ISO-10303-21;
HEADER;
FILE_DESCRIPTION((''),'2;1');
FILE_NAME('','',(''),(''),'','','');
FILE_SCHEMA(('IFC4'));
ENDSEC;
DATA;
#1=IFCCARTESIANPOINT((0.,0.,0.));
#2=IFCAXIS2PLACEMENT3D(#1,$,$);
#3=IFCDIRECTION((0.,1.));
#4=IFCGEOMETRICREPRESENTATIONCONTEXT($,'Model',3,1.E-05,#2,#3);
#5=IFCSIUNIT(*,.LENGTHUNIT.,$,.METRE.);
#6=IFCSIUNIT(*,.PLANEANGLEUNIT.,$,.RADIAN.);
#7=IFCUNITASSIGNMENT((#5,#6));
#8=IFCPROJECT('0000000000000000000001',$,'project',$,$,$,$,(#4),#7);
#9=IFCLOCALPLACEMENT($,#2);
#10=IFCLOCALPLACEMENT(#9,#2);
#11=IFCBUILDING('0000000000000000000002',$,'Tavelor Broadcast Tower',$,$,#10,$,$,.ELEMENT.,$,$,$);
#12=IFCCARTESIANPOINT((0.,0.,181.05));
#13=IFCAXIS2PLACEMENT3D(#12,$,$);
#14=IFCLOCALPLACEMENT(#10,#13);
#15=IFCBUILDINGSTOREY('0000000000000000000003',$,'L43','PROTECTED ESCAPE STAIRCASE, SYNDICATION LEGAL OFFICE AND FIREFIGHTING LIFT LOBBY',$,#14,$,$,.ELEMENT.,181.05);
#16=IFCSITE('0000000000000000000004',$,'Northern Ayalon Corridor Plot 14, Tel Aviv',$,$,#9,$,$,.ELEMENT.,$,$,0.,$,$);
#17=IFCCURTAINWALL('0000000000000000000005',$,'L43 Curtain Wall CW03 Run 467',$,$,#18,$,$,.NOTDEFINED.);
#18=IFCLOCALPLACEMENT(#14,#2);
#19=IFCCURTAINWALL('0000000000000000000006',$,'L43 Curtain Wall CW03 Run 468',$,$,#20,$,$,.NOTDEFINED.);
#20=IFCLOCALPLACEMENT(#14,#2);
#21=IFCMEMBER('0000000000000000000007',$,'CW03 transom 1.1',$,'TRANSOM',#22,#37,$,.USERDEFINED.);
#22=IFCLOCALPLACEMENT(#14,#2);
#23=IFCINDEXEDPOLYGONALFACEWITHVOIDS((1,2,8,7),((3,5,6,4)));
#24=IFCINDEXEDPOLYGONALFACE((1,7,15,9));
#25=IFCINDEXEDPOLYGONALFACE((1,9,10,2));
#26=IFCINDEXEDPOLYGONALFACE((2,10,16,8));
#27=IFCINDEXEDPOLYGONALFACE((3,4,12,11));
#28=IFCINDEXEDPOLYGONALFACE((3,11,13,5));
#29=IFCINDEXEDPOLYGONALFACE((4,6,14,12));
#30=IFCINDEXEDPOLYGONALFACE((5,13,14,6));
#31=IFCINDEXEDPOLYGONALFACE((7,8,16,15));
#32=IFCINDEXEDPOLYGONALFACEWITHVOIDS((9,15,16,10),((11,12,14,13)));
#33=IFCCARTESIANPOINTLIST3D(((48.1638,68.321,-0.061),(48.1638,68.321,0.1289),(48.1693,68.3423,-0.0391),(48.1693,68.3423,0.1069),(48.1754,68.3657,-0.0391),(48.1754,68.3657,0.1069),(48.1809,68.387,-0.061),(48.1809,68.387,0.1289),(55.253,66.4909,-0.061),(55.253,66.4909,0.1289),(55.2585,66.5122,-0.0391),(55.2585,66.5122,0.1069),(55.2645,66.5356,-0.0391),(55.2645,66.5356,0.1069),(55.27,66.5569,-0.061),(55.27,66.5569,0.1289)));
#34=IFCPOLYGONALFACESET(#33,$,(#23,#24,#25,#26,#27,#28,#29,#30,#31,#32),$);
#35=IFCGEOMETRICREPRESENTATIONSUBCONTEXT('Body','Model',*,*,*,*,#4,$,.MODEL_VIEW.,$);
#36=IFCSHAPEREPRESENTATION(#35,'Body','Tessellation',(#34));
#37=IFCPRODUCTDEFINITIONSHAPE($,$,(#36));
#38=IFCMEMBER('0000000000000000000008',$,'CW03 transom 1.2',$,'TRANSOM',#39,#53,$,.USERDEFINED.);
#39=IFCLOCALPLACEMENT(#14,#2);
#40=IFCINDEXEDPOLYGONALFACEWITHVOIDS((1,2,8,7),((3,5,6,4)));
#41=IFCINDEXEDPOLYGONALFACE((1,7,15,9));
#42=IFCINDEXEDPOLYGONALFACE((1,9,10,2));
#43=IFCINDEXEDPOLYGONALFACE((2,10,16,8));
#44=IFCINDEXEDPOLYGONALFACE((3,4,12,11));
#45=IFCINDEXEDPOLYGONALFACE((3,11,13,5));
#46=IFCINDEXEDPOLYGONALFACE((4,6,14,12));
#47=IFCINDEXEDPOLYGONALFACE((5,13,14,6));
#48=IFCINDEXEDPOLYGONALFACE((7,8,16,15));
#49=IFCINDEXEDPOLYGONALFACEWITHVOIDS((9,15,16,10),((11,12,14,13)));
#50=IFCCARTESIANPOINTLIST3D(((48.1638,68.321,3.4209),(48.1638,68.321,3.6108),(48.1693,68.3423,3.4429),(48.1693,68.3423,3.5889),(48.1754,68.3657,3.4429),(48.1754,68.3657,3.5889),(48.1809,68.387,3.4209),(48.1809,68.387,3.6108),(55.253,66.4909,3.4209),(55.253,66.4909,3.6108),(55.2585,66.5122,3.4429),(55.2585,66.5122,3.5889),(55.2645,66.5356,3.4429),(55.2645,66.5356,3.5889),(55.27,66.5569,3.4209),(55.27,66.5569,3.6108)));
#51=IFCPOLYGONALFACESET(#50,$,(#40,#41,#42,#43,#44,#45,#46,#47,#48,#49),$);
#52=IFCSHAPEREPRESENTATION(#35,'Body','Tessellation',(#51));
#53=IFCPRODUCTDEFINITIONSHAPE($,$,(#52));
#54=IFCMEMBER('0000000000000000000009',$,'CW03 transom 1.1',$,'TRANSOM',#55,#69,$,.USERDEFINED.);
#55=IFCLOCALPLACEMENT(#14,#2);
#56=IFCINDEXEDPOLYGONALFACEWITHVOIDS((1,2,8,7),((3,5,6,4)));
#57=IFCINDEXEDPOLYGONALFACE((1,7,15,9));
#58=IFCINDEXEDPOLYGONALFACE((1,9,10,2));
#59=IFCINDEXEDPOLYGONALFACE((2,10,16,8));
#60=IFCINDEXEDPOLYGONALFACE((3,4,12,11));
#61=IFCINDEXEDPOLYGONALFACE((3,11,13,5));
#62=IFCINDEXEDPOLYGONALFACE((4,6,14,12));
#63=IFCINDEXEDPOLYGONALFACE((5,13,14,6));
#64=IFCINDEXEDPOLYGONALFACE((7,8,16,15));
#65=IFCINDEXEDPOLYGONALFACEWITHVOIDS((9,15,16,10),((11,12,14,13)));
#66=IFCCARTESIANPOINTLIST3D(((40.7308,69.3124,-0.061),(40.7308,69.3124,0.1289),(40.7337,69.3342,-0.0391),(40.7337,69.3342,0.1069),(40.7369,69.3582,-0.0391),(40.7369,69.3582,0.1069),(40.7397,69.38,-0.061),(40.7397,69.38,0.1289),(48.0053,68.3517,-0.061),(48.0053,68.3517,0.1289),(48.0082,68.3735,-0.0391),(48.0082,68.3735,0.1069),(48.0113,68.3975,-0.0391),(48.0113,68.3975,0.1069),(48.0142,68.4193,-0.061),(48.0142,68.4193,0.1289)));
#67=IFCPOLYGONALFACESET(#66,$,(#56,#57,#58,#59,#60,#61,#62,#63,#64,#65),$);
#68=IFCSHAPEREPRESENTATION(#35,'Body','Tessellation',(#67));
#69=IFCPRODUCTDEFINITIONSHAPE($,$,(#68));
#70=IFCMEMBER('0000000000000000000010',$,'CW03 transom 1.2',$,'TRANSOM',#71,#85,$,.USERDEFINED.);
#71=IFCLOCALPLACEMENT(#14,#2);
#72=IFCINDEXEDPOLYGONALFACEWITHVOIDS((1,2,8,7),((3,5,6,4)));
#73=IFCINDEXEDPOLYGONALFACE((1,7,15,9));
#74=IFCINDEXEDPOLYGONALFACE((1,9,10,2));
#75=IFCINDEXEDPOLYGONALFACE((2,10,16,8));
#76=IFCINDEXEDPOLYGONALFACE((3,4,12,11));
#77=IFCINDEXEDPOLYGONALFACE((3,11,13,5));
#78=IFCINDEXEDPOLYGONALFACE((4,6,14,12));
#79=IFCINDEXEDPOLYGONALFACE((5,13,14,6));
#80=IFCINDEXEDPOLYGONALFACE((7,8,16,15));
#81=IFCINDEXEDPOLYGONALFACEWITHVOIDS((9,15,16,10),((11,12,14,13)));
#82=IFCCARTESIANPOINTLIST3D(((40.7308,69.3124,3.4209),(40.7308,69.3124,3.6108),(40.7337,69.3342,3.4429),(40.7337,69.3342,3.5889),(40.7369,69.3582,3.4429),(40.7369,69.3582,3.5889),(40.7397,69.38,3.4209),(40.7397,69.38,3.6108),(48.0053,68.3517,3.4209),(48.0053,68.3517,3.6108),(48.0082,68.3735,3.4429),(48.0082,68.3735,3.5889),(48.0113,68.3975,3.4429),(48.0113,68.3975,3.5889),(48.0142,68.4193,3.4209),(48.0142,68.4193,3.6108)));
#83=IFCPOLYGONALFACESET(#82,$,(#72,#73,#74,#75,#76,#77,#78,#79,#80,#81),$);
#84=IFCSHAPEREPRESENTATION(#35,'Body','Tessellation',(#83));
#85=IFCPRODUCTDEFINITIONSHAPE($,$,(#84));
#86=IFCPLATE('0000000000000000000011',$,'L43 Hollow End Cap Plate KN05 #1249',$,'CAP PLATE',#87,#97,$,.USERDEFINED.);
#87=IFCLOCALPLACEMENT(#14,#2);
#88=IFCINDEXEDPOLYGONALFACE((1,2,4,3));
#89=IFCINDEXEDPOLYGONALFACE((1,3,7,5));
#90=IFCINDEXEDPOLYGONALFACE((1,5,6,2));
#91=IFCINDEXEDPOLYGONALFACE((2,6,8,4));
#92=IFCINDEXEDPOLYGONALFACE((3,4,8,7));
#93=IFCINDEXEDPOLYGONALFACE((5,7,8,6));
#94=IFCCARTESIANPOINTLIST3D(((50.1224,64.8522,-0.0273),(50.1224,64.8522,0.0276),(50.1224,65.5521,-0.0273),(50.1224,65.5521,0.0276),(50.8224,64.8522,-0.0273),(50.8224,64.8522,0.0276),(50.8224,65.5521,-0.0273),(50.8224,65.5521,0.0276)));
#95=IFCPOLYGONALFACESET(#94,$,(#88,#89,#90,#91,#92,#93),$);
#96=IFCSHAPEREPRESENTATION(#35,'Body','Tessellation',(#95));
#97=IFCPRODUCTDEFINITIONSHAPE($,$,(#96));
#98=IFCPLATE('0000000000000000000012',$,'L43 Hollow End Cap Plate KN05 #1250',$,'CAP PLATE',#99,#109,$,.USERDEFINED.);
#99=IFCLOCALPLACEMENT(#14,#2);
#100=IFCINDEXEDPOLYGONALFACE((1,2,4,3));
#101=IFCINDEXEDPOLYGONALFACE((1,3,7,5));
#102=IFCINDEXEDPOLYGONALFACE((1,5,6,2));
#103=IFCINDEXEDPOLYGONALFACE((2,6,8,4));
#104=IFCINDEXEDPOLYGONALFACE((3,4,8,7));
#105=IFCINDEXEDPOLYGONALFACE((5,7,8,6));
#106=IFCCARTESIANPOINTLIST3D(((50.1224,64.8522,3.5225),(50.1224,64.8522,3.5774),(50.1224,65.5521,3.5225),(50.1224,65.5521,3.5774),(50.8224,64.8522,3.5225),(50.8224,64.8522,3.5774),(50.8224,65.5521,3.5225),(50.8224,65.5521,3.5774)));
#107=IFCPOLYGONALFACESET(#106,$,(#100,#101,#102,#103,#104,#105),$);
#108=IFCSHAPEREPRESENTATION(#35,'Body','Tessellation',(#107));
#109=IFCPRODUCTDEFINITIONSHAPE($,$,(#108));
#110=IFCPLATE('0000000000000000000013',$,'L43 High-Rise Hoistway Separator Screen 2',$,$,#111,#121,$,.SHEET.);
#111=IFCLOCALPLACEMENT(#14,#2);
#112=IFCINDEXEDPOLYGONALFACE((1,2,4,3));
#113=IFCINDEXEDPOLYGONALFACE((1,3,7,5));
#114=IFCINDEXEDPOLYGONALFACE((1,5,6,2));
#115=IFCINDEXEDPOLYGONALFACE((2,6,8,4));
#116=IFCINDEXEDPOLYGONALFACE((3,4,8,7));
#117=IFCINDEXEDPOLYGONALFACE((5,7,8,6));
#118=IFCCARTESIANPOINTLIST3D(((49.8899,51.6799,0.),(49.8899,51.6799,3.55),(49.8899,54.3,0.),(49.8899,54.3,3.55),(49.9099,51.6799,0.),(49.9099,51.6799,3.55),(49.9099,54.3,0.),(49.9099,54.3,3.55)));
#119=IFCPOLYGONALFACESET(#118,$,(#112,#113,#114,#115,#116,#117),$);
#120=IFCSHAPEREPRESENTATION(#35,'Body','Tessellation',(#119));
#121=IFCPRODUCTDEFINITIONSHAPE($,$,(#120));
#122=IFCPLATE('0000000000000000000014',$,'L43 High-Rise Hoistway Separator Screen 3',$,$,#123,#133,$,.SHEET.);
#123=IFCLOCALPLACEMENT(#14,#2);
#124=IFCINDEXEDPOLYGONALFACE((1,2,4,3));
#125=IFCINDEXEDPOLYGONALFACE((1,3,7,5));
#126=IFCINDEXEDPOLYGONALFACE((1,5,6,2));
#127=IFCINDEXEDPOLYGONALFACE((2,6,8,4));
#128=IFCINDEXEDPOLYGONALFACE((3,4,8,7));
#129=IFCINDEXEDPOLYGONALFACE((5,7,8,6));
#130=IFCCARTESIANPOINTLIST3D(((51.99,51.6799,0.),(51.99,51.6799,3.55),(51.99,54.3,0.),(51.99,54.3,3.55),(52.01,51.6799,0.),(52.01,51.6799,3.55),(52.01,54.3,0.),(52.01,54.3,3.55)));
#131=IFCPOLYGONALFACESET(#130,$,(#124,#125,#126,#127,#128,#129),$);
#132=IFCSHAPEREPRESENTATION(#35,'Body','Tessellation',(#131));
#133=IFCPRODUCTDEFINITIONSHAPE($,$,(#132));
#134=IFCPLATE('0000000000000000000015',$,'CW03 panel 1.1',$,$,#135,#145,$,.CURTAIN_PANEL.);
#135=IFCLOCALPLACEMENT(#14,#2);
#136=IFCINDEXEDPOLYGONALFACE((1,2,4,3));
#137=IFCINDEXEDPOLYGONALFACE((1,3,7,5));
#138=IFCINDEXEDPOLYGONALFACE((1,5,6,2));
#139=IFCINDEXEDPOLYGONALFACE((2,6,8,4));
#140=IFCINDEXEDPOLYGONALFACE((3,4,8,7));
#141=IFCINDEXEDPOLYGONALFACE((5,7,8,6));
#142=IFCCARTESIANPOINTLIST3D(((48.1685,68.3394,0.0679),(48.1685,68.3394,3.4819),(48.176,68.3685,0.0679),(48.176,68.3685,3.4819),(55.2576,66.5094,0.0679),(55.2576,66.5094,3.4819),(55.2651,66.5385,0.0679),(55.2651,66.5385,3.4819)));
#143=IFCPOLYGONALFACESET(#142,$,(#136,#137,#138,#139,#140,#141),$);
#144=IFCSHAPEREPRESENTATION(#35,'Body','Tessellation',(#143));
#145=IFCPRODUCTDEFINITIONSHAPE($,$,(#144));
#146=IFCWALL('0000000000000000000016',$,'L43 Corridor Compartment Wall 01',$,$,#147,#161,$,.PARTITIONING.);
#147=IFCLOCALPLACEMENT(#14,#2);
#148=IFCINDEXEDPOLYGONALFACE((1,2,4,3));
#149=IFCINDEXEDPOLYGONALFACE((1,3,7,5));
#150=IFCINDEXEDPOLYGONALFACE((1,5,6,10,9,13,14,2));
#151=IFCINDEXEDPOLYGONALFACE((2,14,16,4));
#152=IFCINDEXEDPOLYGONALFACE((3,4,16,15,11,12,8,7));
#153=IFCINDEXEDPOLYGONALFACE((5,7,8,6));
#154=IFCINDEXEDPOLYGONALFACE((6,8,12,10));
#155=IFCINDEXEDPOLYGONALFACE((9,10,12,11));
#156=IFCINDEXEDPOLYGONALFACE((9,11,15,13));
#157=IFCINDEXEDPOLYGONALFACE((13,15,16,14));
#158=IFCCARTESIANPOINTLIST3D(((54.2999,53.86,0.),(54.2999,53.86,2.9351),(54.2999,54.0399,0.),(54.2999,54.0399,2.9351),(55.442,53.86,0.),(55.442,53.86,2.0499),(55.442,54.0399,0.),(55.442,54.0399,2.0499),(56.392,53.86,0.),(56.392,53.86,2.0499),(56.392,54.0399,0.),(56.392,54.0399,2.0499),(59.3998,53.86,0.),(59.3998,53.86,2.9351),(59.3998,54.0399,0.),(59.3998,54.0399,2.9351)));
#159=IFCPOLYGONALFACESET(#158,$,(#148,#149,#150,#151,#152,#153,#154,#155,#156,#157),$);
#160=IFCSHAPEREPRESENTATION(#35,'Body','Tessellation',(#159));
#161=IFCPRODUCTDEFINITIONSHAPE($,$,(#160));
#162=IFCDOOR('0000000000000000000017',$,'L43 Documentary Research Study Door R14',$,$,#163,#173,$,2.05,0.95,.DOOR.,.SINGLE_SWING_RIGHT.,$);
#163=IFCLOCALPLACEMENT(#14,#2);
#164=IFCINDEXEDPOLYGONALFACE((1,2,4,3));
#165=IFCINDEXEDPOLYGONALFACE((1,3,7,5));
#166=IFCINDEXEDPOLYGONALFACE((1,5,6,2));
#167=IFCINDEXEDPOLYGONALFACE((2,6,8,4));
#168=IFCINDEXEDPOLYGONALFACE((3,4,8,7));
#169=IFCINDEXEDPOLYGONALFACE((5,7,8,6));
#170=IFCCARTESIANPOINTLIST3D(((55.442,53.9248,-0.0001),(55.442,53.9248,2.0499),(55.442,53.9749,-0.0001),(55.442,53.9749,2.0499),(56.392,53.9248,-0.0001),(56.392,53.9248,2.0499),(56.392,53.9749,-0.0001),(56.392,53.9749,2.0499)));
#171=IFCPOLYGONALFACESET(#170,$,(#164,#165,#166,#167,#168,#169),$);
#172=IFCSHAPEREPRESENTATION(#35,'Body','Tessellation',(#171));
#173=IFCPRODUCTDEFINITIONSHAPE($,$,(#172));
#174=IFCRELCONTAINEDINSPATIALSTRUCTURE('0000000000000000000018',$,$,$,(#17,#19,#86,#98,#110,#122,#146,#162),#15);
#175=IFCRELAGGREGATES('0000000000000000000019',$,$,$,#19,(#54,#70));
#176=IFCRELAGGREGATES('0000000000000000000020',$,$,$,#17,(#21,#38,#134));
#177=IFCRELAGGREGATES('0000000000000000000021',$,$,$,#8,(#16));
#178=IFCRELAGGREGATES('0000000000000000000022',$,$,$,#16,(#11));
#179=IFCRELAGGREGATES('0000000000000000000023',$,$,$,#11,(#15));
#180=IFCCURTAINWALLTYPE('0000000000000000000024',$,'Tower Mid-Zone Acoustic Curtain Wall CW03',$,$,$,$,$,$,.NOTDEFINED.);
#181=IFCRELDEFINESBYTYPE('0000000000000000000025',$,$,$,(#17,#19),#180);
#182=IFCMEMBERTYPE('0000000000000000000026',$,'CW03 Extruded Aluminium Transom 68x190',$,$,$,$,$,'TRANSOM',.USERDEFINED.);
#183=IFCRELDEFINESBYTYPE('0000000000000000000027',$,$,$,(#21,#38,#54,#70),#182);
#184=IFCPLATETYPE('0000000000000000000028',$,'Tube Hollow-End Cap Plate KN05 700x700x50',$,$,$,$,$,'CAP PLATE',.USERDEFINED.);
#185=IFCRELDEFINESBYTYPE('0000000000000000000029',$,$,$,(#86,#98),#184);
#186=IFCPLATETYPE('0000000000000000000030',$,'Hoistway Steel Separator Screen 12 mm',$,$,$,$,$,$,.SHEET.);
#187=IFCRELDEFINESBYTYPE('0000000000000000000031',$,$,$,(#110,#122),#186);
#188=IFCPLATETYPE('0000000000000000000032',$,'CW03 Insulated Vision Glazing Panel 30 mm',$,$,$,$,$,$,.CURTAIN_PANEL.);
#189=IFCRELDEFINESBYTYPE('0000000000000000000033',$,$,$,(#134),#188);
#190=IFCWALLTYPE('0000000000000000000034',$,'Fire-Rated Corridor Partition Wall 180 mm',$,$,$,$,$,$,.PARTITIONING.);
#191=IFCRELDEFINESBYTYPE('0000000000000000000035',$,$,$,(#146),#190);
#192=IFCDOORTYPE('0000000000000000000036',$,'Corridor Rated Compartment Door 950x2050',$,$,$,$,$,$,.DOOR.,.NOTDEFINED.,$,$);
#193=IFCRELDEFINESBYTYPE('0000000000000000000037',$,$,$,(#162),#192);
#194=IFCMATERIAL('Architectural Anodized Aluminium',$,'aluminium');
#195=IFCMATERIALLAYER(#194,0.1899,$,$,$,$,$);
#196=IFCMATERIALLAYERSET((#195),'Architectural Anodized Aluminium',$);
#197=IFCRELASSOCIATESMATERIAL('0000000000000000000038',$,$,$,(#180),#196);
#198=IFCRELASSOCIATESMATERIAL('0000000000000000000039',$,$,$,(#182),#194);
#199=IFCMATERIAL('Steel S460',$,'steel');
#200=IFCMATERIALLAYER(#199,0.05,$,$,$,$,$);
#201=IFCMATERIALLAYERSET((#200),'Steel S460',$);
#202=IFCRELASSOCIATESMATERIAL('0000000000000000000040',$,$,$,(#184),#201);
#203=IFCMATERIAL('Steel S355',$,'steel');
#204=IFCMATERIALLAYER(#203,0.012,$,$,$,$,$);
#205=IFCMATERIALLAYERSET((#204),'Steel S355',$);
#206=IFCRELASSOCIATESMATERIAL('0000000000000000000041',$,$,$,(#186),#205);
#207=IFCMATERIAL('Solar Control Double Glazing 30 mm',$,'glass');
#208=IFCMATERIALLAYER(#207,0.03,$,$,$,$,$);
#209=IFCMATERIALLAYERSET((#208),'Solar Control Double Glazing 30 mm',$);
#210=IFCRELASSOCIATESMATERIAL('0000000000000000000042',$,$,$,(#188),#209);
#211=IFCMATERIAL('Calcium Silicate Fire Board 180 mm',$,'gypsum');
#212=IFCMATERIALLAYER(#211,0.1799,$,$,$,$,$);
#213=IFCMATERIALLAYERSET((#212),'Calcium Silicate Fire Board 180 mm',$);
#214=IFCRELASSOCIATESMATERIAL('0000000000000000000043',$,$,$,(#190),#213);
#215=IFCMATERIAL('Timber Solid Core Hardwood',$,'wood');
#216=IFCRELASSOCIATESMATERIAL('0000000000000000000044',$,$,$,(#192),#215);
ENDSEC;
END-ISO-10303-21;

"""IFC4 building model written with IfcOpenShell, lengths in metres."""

from ifc_helpers import new_model, si_unit, direction, frame, frame_2d, origin, origin_2d, place, context, subcontext, project, spatial, rectangle, hollow_rectangle, extrude, source, transform, mapped, material, layer, layer_set, material_profile, profile_set, type_object, type_shapes, element, fill, aggregate, save


model = new_model("IFC4")

# Units and contexts
model_context = context("Model", 3, precision=1e-05, world=origin(), true_north=direction((0.0, 1.0)))
body_context = subcontext(model_context, "Body", "Model", "MODEL_VIEW")
ifc_project = project(units=[si_unit("LENGTHUNIT", "METRE"), si_unit("PLANEANGLEUNIT", "RADIAN")], contexts=[model_context])

# Site, building, storey
site_placement = place(None, origin())
site = spatial("IfcSite", under=ifc_project, at=site_placement, Name="Northern Ayalon Corridor Plot 14, Tel Aviv", CompositionType="ELEMENT", RefElevation=0.0)
building_placement = place(site_placement, origin())
building = spatial("IfcBuilding", under=site, at=building_placement, Name="Tavelor Broadcast Tower", CompositionType="ELEMENT")
storey_placement = place(building_placement, frame((0.0, 0.0, 181.05)))
storey = spatial("IfcBuildingStorey", under=building, at=storey_placement, Name="L43", Description="PROTECTED ESCAPE STAIRCASE, SYNDICATION LEGAL OFFICE AND FIREFIGHTING LIFT LOBBY", CompositionType="ELEMENT", Elevation=181.05)

# Shared definitions
ifc_material_1 = material(Name="Steel S460", Category="steel")

# Shared definitions
ifc_material_2 = material(Name="Steel S355", Category="steel")

# Shared definitions
ifc_material_3 = material(Name="Architectural Anodized Aluminium", Category="aluminium")
ifc_layer_1 = layer(ifc_material_3, 0.1899)
ifc_layer_set_1 = layer_set([ifc_layer_1], Name="Architectural Anodized Aluminium")
curtain_wall_type = type_object("IfcCurtainWallType", Name="Tower Mid-Zone Acoustic Curtain Wall CW03", PredefinedType="NOTDEFINED", material=ifc_layer_set_1)

# Curtain wall
curtain_wall_1_placement = place(storey_placement, origin())
curtain_wall_1 = element("IfcCurtainWall", 1, at=curtain_wall_1_placement, inside=storey, type_object=curtain_wall_type, Name="L43 Curtain Wall CW03 Run 467", PredefinedType="NOTDEFINED")

# Curtain wall
curtain_wall_2_placement = place(storey_placement, origin())
curtain_wall_2 = element("IfcCurtainWall", 2, at=curtain_wall_2_placement, inside=storey, type_object=curtain_wall_type, Name="L43 Curtain Wall CW03 Run 468", PredefinedType="NOTDEFINED")

# Members
ifc_material_profile_1 = material_profile(ifc_material_3, hollow_rectangle(XDim=0.0681, YDim=0.1899, WallThickness=0.022, at=origin_2d()), Name="RHS 68x190x22")
ifc_profile_set_1 = profile_set([ifc_material_profile_1], Name="Architectural Anodized Aluminium")
member_type_1 = type_object("IfcMemberType", Name="CW03 Extruded Aluminium Transom 68x190", ElementType="TRANSOM", PredefinedType="USERDEFINED", material=ifc_profile_set_1)
shared_shape_1 = source(origin(), body_context, "Body", "SweptSolid", [
    extrude(hollow_rectangle(XDim=0.0681, YDim=0.1899, WallThickness=0.022, at=origin_2d()), origin(), (0.0, 0.0, 1.0), 7.3215),
])
member_1_placement = place(storey_placement, frame((55.2615, 66.5239, 0.0339), z_axis=(-0.968256, 0.249959, 0.0), x_axis=(-0.249959, -0.968256, 0.0)))
member_1 = element("IfcMember", 3, at=member_1_placement, type_object=member_type_1, Name="CW03 transom 1.1", ObjectType="TRANSOM", PredefinedType="USERDEFINED", context=body_context, shape_type="MappedRepresentation", body=[
    mapped(shared_shape_1, transform((0.0, 0.0, 0.0), scale=1.0)),
])
member_2_placement = place(storey_placement, frame((55.2615, 66.5239, 3.5159), z_axis=(-0.968256, 0.249959, 0.0), x_axis=(-0.249959, -0.968256, 0.0)))
member_2 = element("IfcMember", 4, at=member_2_placement, type_object=member_type_1, Name="CW03 transom 1.2", ObjectType="TRANSOM", PredefinedType="USERDEFINED", context=body_context, shape_type="MappedRepresentation", body=[
    mapped(shared_shape_1, transform((0.0, 0.0, 0.0), scale=1.0)),
])
shared_shape_2 = source(origin(), body_context, "Body", "SweptSolid", [
    extrude(hollow_rectangle(XDim=0.0681, YDim=0.1899, WallThickness=0.022, at=origin_2d()), origin(), (0.0, 0.0, 1.0), 7.3376),
])
type_shapes(member_type_1, [shared_shape_1, shared_shape_2])
member_3_placement = place(storey_placement, frame((48.0098, 68.3855, 0.0339), z_axis=(-0.991392, 0.130928, 0.0), x_axis=(-0.130928, -0.991392, 0.0)))
member_3 = element("IfcMember", 5, at=member_3_placement, type_object=member_type_1, Name="CW03 transom 1.1", ObjectType="TRANSOM", PredefinedType="USERDEFINED", context=body_context, shape_type="MappedRepresentation", body=[
    mapped(shared_shape_2, transform((0.0, 0.0, 0.0), scale=1.0)),
])
member_4_placement = place(storey_placement, frame((48.0098, 68.3855, 3.5159), z_axis=(-0.991392, 0.130928, 0.0), x_axis=(-0.130928, -0.991392, 0.0)))
member_4 = element("IfcMember", 6, at=member_4_placement, type_object=member_type_1, Name="CW03 transom 1.2", ObjectType="TRANSOM", PredefinedType="USERDEFINED", context=body_context, shape_type="MappedRepresentation", body=[
    mapped(shared_shape_2, transform((0.0, 0.0, 0.0), scale=1.0)),
])
aggregate(curtain_wall_2, [member_3, member_4])

# Plates
ifc_layer_2 = layer(ifc_material_1, 0.05)
ifc_layer_set_2 = layer_set([ifc_layer_2], Name="Steel S460")
plate_type_1 = type_object("IfcPlateType", Name="Tube Hollow-End Cap Plate KN05 700x700x50", ElementType="CAP PLATE", PredefinedType="USERDEFINED", material=ifc_layer_set_2)
shared_shape_3 = source(origin(), body_context, "Body", "SweptSolid", [
    extrude(rectangle(XDim=0.7, YDim=0.7, at=origin_2d()), origin(), (0.0, 0.0, 1.0), 0.0549),
])
type_shapes(plate_type_1, [shared_shape_3])
for number, where, z_axis, x_axis, name in (
    (7, (50.4724, 65.2021, -0.0273), (0.0, 0.0, 1.0), (1.0, 0.0, 0.0), "L43 Hollow End Cap Plate KN05 #1249"),
    (8, (50.4724, 65.2021, 3.5225), (0.0, 0.0, 1.0), (1.0, 0.0, 0.0), "L43 Hollow End Cap Plate KN05 #1250"),
):
    element("IfcPlate", number, at=place(storey_placement, frame(where, z_axis=z_axis, x_axis=x_axis)), inside=storey, type_object=plate_type_1, Name=name, ObjectType="CAP PLATE", PredefinedType="USERDEFINED", context=body_context, shape_type="MappedRepresentation", body=[
        mapped(shared_shape_3, transform((0.0, 0.0, 0.0), scale=1.0)),
    ])
ifc_layer_3 = layer(ifc_material_2, 0.012)
ifc_layer_set_3 = layer_set([ifc_layer_3], Name="Steel S355")
plate_type_2 = type_object("IfcPlateType", Name="Hoistway Steel Separator Screen 12 mm", PredefinedType="SHEET", material=ifc_layer_set_3)
shared_shape_4 = source(origin(), body_context, "Body", "SweptSolid", [
    extrude(rectangle(XDim=0.02, YDim=2.6201, at=origin_2d()), origin(), (0.0, 0.0, 1.0), 3.55),
])
type_shapes(plate_type_2, [shared_shape_4])
for number, where, z_axis, x_axis, name in (
    (9, (49.8999, 52.99, 0.0), (0.0, 0.0, 1.0), (1.0, 0.0, 0.0), "L43 High-Rise Hoistway Separator Screen 2"),
    (10, (52.0, 52.99, 0.0), (0.0, 0.0, 1.0), (1.0, 0.0, 0.0), "L43 High-Rise Hoistway Separator Screen 3"),
):
    element("IfcPlate", number, at=place(storey_placement, frame(where, z_axis=z_axis, x_axis=x_axis)), inside=storey, type_object=plate_type_2, Name=name, PredefinedType="SHEET", context=body_context, shape_type="MappedRepresentation", body=[
        mapped(shared_shape_4, transform((0.0, 0.0, 0.0), scale=1.0)),
    ])

# Plate
ifc_material_4 = material(Name="Solar Control Double Glazing 30 mm", Category="glass")
ifc_layer_4 = layer(ifc_material_4, 0.03)
ifc_layer_set_4 = layer_set([ifc_layer_4], Name="Solar Control Double Glazing 30 mm")
plate_type_3 = type_object("IfcPlateType", Name="CW03 Insulated Vision Glazing Panel 30 mm", PredefinedType="CURTAIN_PANEL", material=ifc_layer_set_4)
shared_shape_5 = source(origin(), body_context, "Body", "SweptSolid", [
    extrude(rectangle(XDim=7.3215, YDim=0.03, at=origin_2d()), origin(), (0.0, 0.0, 1.0), 3.4141),
])
type_shapes(plate_type_3, [shared_shape_5])
plate_placement = place(storey_placement, frame((51.7168, 67.439, 0.0679), z_axis=(0.0, 0.0, 1.0), x_axis=(-0.968259, 0.249949, 0.0)))
plate = element("IfcPlate", 11, at=plate_placement, type_object=plate_type_3, Name="CW03 panel 1.1", PredefinedType="CURTAIN_PANEL", context=body_context, shape_type="MappedRepresentation", body=[
    mapped(shared_shape_5, transform((0.0, 0.0, 0.0), scale=1.0)),
])
aggregate(curtain_wall_1, [member_1, member_2, plate])

# Wall, opening, door
ifc_material_5 = material(Name="Calcium Silicate Fire Board 180 mm", Category="gypsum")
ifc_layer_5 = layer(ifc_material_5, 0.1799)
ifc_layer_set_5 = layer_set([ifc_layer_5], Name="Calcium Silicate Fire Board 180 mm")
wall_type_1 = type_object("IfcWallType", Name="Fire-Rated Corridor Partition Wall 180 mm", PredefinedType="PARTITIONING", material=ifc_layer_set_5)
wall_1_placement = place(storey_placement, frame((54.3, 53.95, 0.0), z_axis=(0.0, 0.0, 1.0), x_axis=(1.0, 0.0, 0.0)))
wall_1 = element("IfcWall", 12, at=wall_1_placement, inside=storey, type_object=wall_type_1, Name="L43 Corridor Compartment Wall 01", PredefinedType="PARTITIONING", context=body_context, shape_type="SweptSolid", body=[
    extrude(rectangle(XDim=5.0999, YDim=0.1799, at=frame_2d((2.5498, 0.0))), origin(), (0.0, 0.0, 1.0), 2.9351),
])
opening_1_placement = place(wall_1_placement, frame((1.1418, 0.0, 0.0)))
opening_1 = element("IfcOpeningElement", 13, at=opening_1_placement, cuts=wall_1, PredefinedType="OPENING", context=body_context, shape_type="SweptSolid", body=[
    extrude(rectangle(XDim=0.95, YDim=2.05, at=frame_2d((0.4751, 1.0249))), frame((0.0, 0.1001, 0.0), z_axis=(0.0, -1.0, 0.0), x_axis=(1.0, 0.0, 0.0)), (0.0, 0.0, 1.0), 0.2),
])
ifc_material_6 = material(Name="Timber Solid Core Hardwood", Category="wood")
door_type = type_object("IfcDoorType", Name="Corridor Rated Compartment Door 950x2050", OperationType="NOTDEFINED", PredefinedType="DOOR", material=ifc_material_6)
door_1_placement = place(opening_1_placement, origin())
door_1 = element("IfcDoor", 14, at=door_1_placement, inside=storey, type_object=door_type, Name="L43 Documentary Research Study Door R14", OperationType="SINGLE_SWING_RIGHT", OverallHeight=2.05, OverallWidth=0.95, PredefinedType="DOOR", context=body_context, shape_type="SweptSolid", body=[
    extrude(rectangle(XDim=0.95, YDim=2.05, at=frame_2d((0.4751, 1.0249))), frame((0.0, 0.0249, 0.0), z_axis=(0.0, -1.0, 0.0), x_axis=(1.0, 0.0, 0.0)), (0.0, 0.0, 1.0), 0.05),
])
fill(opening_1, door_1)

save(model, "model.ifc")
